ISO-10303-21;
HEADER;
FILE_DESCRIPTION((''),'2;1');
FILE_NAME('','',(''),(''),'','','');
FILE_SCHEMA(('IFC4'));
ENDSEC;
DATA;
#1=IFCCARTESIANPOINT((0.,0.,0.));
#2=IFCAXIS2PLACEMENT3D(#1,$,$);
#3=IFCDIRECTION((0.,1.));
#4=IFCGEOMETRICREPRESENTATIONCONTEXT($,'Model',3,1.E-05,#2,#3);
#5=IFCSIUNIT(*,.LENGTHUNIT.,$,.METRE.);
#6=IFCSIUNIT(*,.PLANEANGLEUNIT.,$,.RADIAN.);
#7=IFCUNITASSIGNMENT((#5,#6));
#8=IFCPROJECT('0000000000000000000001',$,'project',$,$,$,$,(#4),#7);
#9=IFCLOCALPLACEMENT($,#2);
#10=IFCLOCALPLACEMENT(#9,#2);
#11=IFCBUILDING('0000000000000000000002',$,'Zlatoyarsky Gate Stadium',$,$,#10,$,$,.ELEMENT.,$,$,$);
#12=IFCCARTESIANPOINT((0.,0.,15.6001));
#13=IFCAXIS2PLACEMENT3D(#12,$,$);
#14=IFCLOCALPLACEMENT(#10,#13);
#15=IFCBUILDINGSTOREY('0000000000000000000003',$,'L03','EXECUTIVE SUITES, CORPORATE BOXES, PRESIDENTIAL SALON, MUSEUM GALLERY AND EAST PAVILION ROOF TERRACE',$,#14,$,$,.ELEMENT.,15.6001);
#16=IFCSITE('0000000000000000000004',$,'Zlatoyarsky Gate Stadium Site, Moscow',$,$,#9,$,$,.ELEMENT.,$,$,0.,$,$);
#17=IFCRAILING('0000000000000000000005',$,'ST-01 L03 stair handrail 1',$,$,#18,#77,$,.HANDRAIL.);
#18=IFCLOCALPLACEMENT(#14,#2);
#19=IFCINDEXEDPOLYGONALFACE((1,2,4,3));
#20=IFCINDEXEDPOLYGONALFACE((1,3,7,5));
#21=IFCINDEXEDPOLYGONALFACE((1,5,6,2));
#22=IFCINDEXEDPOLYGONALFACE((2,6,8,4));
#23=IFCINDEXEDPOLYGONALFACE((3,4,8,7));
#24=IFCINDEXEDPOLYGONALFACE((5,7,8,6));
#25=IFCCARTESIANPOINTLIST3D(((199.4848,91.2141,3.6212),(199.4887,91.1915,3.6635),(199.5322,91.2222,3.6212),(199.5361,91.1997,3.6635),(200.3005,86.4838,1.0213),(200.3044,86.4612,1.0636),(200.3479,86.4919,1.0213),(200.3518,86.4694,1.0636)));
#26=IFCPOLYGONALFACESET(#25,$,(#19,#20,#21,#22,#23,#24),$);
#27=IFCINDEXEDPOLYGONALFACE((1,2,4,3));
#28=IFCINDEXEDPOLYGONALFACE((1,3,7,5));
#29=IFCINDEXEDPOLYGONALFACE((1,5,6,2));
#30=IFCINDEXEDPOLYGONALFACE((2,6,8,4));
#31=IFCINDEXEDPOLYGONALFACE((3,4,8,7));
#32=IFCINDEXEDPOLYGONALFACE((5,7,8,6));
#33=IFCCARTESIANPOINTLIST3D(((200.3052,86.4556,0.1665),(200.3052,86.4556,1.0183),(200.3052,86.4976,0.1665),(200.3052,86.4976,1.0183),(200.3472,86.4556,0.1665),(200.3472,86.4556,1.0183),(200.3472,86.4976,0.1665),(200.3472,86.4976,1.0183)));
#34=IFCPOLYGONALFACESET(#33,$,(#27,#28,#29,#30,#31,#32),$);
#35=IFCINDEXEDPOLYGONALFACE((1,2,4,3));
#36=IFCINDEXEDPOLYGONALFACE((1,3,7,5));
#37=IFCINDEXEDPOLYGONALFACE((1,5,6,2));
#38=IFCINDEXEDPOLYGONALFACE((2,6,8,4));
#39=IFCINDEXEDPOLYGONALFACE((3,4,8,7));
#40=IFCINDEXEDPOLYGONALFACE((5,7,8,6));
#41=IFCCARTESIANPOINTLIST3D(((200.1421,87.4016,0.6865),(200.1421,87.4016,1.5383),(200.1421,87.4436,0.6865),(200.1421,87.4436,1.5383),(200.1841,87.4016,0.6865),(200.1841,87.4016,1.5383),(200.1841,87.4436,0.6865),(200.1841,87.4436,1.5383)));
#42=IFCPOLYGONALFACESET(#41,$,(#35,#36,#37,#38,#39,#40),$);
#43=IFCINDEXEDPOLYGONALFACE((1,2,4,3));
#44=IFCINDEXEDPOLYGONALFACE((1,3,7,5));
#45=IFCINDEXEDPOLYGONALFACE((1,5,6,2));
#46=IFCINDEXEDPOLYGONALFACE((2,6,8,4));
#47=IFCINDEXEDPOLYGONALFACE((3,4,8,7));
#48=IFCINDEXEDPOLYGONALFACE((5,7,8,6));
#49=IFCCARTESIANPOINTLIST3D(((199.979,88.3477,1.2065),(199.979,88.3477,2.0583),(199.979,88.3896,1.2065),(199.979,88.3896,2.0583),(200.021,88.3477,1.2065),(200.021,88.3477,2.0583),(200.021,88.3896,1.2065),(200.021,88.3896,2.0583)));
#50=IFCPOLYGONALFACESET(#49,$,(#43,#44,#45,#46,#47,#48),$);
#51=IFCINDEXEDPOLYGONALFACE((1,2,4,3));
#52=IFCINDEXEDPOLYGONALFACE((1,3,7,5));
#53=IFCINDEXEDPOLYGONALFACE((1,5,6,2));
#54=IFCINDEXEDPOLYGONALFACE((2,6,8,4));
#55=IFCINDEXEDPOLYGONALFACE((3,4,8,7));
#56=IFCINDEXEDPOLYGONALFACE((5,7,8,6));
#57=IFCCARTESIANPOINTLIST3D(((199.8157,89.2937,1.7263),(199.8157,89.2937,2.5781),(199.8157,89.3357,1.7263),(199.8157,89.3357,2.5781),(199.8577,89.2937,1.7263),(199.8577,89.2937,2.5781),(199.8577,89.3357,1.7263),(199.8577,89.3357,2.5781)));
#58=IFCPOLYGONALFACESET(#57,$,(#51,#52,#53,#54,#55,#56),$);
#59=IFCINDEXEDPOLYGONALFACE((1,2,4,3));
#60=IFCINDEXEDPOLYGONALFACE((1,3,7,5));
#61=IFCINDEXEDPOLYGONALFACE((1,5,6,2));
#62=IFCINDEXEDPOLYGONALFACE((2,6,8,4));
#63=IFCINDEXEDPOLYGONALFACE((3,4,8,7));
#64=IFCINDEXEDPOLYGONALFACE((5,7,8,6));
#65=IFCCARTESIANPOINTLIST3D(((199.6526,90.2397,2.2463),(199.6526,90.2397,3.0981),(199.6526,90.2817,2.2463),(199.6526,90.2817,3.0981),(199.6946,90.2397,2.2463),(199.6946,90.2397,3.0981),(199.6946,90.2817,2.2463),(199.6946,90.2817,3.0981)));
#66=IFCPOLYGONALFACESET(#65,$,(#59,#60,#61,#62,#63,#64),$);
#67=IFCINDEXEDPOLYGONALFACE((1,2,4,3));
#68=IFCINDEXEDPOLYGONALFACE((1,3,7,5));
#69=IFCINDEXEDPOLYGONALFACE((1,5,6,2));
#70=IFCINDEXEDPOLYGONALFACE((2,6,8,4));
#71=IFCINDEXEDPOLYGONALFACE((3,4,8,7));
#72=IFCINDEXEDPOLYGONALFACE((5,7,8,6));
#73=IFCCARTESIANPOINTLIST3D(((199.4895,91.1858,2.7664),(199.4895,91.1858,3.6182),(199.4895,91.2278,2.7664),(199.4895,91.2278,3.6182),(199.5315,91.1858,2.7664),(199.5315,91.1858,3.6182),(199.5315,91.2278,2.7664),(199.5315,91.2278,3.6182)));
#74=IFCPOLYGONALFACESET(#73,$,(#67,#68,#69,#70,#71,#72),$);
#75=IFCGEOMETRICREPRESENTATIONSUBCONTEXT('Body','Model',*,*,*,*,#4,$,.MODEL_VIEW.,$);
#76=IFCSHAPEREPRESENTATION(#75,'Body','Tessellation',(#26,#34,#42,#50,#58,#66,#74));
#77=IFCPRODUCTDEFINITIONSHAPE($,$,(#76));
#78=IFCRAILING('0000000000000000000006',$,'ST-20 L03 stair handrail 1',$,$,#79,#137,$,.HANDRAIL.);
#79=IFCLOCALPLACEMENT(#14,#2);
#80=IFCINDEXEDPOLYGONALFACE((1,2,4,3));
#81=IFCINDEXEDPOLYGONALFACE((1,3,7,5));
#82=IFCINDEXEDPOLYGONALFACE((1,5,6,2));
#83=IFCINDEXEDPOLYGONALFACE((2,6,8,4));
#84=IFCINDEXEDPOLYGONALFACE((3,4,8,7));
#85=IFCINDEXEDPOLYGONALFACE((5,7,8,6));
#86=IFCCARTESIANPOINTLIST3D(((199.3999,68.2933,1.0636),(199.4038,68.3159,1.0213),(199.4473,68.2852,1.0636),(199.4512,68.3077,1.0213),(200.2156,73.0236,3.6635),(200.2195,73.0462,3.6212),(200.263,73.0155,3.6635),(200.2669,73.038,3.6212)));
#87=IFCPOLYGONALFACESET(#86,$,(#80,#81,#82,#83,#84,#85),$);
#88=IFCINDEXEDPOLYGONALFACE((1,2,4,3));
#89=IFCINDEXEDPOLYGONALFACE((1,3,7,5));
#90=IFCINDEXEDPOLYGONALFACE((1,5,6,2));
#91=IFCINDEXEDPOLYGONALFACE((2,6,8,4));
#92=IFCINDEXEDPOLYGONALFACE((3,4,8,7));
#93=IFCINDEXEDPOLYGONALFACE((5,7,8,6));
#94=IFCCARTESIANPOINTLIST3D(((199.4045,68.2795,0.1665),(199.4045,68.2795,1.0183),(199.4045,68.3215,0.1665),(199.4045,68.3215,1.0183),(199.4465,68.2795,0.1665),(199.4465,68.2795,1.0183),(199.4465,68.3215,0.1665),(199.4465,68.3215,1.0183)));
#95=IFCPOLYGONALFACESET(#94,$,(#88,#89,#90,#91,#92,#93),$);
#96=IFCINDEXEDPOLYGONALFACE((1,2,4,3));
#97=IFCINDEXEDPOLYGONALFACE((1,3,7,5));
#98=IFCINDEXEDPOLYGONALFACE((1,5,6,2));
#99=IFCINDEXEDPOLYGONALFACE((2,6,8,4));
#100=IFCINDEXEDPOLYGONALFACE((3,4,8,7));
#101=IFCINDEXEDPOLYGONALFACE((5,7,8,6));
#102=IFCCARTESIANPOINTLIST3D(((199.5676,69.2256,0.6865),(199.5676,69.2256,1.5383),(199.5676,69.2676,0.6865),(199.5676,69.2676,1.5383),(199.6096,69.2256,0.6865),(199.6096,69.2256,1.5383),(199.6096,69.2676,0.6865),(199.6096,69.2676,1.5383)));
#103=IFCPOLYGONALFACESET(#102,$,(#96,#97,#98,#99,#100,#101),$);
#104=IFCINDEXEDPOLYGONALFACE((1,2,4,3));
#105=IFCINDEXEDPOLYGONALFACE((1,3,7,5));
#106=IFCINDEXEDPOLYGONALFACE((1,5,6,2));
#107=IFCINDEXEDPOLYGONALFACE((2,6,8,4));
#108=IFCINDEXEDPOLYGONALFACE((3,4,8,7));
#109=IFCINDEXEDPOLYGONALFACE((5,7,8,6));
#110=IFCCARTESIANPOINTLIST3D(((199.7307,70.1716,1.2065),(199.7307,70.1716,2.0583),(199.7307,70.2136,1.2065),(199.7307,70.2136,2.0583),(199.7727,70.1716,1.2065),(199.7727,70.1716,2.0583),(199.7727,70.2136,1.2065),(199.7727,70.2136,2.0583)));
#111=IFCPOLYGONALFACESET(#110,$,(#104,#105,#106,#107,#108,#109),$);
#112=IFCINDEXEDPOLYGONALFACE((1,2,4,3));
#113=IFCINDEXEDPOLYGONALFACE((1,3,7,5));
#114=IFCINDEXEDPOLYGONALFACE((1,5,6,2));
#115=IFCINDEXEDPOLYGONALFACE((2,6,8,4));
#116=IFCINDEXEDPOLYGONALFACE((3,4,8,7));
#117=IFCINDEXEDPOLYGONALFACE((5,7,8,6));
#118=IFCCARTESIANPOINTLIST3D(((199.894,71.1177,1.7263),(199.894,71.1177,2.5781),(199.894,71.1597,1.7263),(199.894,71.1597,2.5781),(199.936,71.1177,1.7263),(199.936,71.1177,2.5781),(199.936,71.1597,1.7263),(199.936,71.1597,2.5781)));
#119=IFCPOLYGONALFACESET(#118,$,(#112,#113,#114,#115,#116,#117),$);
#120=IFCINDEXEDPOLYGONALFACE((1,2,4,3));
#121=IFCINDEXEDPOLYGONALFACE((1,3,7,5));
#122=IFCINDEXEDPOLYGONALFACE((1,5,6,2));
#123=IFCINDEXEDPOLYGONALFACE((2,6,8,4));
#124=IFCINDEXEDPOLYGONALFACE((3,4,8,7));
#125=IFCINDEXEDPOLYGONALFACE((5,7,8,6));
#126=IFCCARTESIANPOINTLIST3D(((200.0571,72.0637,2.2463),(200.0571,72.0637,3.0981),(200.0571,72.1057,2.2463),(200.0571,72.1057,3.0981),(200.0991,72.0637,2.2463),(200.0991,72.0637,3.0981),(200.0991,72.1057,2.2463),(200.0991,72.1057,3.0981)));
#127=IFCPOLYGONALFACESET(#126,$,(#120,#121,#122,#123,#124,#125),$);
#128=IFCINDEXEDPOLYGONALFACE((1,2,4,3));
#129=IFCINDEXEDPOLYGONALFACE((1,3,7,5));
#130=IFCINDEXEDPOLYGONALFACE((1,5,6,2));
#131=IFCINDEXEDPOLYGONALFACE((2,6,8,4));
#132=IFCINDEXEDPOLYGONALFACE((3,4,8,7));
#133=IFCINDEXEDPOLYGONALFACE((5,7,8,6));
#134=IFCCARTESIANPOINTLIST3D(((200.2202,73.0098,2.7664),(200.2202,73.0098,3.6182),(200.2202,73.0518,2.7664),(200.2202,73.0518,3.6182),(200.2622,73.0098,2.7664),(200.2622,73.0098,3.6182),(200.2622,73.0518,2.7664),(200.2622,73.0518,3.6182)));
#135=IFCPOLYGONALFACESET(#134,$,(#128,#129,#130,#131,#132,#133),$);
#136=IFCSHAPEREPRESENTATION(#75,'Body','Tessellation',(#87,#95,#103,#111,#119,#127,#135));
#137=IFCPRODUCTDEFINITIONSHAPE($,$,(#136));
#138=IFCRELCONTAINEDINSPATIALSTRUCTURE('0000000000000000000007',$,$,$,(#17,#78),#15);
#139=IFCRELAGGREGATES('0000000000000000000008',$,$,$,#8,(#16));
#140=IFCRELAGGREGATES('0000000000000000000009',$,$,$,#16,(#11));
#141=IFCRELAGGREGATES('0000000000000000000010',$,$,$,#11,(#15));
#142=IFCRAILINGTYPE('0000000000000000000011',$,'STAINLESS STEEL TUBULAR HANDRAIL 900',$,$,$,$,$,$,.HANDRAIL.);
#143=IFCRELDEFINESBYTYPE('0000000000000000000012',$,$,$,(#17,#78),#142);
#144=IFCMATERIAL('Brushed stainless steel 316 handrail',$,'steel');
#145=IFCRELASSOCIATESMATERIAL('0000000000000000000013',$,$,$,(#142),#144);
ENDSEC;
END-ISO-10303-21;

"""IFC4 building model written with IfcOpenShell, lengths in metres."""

from ifc_helpers import new_model, si_unit, direction, frame, origin, origin_2d, place, context, subcontext, project, spatial, rectangle, extrude, material, type_object, element, save


model = new_model("IFC4")

# Units and contexts
model_context = context("Model", 3, precision=1e-05, world=origin(), true_north=direction((0.0, 1.0)))
body_context = subcontext(model_context, "Body", "Model", "MODEL_VIEW")
ifc_project = project(units=[si_unit("LENGTHUNIT", "METRE"), si_unit("PLANEANGLEUNIT", "RADIAN")], contexts=[model_context])

# Site, building, storey
site_placement = place(None, origin())
site = spatial("IfcSite", under=ifc_project, at=site_placement, Name="Zlatoyarsky Gate Stadium Site, Moscow", CompositionType="ELEMENT", RefElevation=0.0)
building_placement = place(site_placement, origin())
building = spatial("IfcBuilding", under=site, at=building_placement, Name="Zlatoyarsky Gate Stadium", CompositionType="ELEMENT")
storey_placement = place(building_placement, frame((0.0, 0.0, 15.6001)))
storey = spatial("IfcBuildingStorey", under=building, at=storey_placement, Name="L03", Description="EXECUTIVE SUITES, CORPORATE BOXES, PRESIDENTIAL SALON, MUSEUM GALLERY AND EAST PAVILION ROOF TERRACE", CompositionType="ELEMENT", Elevation=15.6001)

# Railings
ifc_material_1 = material(Name="Brushed stainless steel 316 handrail", Category="steel")
railing_type_1 = type_object("IfcRailingType", Name="STAINLESS STEEL TUBULAR HANDRAIL 900", PredefinedType="HANDRAIL", material=ifc_material_1)
railing_1_placement = place(storey_placement, frame((200.3262, 86.4766, 0.1665)))
element("IfcRailing", 1, at=railing_1_placement, inside=storey, type_object=railing_type_1, Name="ST-01 L03 stair handrail 1", PredefinedType="HANDRAIL", context=body_context, shape_type="SweptSolid", body=[
    extrude(rectangle(XDim=0.0481, YDim=0.0481, at=origin_2d()), frame((0.0, 0.0, 0.876), z_axis=(-0.149421, 0.866516, 0.47626), x_axis=(-0.985456, -0.169931, 0.0)), (0.0, 0.0, 1.0), 5.459),
    extrude(rectangle(XDim=0.042, YDim=0.042, at=origin_2d()), origin(), (0.0, 0.0, 1.0), 0.8518),
    extrude(rectangle(XDim=0.042, YDim=0.042, at=origin_2d()), frame((-0.1631, 0.946, 0.52)), (0.0, 0.0, 1.0), 0.8518),
    extrude(rectangle(XDim=0.042, YDim=0.042, at=origin_2d()), frame((-0.3262, 1.8921, 1.04)), (0.0, 0.0, 1.0), 0.8518),
    extrude(rectangle(XDim=0.042, YDim=0.042, at=origin_2d()), frame((-0.4895, 2.8381, 1.5598)), (0.0, 0.0, 1.0), 0.8518),
    extrude(rectangle(XDim=0.042, YDim=0.042, at=origin_2d()), frame((-0.6526, 3.7842, 2.0798)), (0.0, 0.0, 1.0), 0.8518),
    extrude(rectangle(XDim=0.042, YDim=0.042, at=origin_2d()), frame((-0.8157, 4.7302, 2.5999)), (0.0, 0.0, 1.0), 0.8518),
])
railing_2_placement = place(storey_placement, frame((199.4255, 68.3005, 0.1665)))
element("IfcRailing", 2, at=railing_2_placement, inside=storey, type_object=railing_type_1, Name="ST-20 L03 stair handrail 1", PredefinedType="HANDRAIL", context=body_context, shape_type="SweptSolid", body=[
    extrude(rectangle(XDim=0.0481, YDim=0.0481, at=origin_2d()), frame((0.0, 0.0, 0.876), z_axis=(0.149421, 0.866516, 0.47626), x_axis=(-0.985456, 0.169931, 0.0)), (0.0, 0.0, 1.0), 5.459),
    extrude(rectangle(XDim=0.042, YDim=0.042, at=origin_2d()), origin(), (0.0, 0.0, 1.0), 0.8518),
    extrude(rectangle(XDim=0.042, YDim=0.042, at=origin_2d()), frame((0.1631, 0.946, 0.52)), (0.0, 0.0, 1.0), 0.8518),
    extrude(rectangle(XDim=0.042, YDim=0.042, at=origin_2d()), frame((0.3262, 1.8921, 1.04)), (0.0, 0.0, 1.0), 0.8518),
    extrude(rectangle(XDim=0.042, YDim=0.042, at=origin_2d()), frame((0.4895, 2.8381, 1.5598)), (0.0, 0.0, 1.0), 0.8518),
    extrude(rectangle(XDim=0.042, YDim=0.042, at=origin_2d()), frame((0.6526, 3.7842, 2.0798)), (0.0, 0.0, 1.0), 0.8518),
    extrude(rectangle(XDim=0.042, YDim=0.042, at=origin_2d()), frame((0.8157, 4.7302, 2.5999)), (0.0, 0.0, 1.0), 0.8518),
])

save(model, "model.ifc")
